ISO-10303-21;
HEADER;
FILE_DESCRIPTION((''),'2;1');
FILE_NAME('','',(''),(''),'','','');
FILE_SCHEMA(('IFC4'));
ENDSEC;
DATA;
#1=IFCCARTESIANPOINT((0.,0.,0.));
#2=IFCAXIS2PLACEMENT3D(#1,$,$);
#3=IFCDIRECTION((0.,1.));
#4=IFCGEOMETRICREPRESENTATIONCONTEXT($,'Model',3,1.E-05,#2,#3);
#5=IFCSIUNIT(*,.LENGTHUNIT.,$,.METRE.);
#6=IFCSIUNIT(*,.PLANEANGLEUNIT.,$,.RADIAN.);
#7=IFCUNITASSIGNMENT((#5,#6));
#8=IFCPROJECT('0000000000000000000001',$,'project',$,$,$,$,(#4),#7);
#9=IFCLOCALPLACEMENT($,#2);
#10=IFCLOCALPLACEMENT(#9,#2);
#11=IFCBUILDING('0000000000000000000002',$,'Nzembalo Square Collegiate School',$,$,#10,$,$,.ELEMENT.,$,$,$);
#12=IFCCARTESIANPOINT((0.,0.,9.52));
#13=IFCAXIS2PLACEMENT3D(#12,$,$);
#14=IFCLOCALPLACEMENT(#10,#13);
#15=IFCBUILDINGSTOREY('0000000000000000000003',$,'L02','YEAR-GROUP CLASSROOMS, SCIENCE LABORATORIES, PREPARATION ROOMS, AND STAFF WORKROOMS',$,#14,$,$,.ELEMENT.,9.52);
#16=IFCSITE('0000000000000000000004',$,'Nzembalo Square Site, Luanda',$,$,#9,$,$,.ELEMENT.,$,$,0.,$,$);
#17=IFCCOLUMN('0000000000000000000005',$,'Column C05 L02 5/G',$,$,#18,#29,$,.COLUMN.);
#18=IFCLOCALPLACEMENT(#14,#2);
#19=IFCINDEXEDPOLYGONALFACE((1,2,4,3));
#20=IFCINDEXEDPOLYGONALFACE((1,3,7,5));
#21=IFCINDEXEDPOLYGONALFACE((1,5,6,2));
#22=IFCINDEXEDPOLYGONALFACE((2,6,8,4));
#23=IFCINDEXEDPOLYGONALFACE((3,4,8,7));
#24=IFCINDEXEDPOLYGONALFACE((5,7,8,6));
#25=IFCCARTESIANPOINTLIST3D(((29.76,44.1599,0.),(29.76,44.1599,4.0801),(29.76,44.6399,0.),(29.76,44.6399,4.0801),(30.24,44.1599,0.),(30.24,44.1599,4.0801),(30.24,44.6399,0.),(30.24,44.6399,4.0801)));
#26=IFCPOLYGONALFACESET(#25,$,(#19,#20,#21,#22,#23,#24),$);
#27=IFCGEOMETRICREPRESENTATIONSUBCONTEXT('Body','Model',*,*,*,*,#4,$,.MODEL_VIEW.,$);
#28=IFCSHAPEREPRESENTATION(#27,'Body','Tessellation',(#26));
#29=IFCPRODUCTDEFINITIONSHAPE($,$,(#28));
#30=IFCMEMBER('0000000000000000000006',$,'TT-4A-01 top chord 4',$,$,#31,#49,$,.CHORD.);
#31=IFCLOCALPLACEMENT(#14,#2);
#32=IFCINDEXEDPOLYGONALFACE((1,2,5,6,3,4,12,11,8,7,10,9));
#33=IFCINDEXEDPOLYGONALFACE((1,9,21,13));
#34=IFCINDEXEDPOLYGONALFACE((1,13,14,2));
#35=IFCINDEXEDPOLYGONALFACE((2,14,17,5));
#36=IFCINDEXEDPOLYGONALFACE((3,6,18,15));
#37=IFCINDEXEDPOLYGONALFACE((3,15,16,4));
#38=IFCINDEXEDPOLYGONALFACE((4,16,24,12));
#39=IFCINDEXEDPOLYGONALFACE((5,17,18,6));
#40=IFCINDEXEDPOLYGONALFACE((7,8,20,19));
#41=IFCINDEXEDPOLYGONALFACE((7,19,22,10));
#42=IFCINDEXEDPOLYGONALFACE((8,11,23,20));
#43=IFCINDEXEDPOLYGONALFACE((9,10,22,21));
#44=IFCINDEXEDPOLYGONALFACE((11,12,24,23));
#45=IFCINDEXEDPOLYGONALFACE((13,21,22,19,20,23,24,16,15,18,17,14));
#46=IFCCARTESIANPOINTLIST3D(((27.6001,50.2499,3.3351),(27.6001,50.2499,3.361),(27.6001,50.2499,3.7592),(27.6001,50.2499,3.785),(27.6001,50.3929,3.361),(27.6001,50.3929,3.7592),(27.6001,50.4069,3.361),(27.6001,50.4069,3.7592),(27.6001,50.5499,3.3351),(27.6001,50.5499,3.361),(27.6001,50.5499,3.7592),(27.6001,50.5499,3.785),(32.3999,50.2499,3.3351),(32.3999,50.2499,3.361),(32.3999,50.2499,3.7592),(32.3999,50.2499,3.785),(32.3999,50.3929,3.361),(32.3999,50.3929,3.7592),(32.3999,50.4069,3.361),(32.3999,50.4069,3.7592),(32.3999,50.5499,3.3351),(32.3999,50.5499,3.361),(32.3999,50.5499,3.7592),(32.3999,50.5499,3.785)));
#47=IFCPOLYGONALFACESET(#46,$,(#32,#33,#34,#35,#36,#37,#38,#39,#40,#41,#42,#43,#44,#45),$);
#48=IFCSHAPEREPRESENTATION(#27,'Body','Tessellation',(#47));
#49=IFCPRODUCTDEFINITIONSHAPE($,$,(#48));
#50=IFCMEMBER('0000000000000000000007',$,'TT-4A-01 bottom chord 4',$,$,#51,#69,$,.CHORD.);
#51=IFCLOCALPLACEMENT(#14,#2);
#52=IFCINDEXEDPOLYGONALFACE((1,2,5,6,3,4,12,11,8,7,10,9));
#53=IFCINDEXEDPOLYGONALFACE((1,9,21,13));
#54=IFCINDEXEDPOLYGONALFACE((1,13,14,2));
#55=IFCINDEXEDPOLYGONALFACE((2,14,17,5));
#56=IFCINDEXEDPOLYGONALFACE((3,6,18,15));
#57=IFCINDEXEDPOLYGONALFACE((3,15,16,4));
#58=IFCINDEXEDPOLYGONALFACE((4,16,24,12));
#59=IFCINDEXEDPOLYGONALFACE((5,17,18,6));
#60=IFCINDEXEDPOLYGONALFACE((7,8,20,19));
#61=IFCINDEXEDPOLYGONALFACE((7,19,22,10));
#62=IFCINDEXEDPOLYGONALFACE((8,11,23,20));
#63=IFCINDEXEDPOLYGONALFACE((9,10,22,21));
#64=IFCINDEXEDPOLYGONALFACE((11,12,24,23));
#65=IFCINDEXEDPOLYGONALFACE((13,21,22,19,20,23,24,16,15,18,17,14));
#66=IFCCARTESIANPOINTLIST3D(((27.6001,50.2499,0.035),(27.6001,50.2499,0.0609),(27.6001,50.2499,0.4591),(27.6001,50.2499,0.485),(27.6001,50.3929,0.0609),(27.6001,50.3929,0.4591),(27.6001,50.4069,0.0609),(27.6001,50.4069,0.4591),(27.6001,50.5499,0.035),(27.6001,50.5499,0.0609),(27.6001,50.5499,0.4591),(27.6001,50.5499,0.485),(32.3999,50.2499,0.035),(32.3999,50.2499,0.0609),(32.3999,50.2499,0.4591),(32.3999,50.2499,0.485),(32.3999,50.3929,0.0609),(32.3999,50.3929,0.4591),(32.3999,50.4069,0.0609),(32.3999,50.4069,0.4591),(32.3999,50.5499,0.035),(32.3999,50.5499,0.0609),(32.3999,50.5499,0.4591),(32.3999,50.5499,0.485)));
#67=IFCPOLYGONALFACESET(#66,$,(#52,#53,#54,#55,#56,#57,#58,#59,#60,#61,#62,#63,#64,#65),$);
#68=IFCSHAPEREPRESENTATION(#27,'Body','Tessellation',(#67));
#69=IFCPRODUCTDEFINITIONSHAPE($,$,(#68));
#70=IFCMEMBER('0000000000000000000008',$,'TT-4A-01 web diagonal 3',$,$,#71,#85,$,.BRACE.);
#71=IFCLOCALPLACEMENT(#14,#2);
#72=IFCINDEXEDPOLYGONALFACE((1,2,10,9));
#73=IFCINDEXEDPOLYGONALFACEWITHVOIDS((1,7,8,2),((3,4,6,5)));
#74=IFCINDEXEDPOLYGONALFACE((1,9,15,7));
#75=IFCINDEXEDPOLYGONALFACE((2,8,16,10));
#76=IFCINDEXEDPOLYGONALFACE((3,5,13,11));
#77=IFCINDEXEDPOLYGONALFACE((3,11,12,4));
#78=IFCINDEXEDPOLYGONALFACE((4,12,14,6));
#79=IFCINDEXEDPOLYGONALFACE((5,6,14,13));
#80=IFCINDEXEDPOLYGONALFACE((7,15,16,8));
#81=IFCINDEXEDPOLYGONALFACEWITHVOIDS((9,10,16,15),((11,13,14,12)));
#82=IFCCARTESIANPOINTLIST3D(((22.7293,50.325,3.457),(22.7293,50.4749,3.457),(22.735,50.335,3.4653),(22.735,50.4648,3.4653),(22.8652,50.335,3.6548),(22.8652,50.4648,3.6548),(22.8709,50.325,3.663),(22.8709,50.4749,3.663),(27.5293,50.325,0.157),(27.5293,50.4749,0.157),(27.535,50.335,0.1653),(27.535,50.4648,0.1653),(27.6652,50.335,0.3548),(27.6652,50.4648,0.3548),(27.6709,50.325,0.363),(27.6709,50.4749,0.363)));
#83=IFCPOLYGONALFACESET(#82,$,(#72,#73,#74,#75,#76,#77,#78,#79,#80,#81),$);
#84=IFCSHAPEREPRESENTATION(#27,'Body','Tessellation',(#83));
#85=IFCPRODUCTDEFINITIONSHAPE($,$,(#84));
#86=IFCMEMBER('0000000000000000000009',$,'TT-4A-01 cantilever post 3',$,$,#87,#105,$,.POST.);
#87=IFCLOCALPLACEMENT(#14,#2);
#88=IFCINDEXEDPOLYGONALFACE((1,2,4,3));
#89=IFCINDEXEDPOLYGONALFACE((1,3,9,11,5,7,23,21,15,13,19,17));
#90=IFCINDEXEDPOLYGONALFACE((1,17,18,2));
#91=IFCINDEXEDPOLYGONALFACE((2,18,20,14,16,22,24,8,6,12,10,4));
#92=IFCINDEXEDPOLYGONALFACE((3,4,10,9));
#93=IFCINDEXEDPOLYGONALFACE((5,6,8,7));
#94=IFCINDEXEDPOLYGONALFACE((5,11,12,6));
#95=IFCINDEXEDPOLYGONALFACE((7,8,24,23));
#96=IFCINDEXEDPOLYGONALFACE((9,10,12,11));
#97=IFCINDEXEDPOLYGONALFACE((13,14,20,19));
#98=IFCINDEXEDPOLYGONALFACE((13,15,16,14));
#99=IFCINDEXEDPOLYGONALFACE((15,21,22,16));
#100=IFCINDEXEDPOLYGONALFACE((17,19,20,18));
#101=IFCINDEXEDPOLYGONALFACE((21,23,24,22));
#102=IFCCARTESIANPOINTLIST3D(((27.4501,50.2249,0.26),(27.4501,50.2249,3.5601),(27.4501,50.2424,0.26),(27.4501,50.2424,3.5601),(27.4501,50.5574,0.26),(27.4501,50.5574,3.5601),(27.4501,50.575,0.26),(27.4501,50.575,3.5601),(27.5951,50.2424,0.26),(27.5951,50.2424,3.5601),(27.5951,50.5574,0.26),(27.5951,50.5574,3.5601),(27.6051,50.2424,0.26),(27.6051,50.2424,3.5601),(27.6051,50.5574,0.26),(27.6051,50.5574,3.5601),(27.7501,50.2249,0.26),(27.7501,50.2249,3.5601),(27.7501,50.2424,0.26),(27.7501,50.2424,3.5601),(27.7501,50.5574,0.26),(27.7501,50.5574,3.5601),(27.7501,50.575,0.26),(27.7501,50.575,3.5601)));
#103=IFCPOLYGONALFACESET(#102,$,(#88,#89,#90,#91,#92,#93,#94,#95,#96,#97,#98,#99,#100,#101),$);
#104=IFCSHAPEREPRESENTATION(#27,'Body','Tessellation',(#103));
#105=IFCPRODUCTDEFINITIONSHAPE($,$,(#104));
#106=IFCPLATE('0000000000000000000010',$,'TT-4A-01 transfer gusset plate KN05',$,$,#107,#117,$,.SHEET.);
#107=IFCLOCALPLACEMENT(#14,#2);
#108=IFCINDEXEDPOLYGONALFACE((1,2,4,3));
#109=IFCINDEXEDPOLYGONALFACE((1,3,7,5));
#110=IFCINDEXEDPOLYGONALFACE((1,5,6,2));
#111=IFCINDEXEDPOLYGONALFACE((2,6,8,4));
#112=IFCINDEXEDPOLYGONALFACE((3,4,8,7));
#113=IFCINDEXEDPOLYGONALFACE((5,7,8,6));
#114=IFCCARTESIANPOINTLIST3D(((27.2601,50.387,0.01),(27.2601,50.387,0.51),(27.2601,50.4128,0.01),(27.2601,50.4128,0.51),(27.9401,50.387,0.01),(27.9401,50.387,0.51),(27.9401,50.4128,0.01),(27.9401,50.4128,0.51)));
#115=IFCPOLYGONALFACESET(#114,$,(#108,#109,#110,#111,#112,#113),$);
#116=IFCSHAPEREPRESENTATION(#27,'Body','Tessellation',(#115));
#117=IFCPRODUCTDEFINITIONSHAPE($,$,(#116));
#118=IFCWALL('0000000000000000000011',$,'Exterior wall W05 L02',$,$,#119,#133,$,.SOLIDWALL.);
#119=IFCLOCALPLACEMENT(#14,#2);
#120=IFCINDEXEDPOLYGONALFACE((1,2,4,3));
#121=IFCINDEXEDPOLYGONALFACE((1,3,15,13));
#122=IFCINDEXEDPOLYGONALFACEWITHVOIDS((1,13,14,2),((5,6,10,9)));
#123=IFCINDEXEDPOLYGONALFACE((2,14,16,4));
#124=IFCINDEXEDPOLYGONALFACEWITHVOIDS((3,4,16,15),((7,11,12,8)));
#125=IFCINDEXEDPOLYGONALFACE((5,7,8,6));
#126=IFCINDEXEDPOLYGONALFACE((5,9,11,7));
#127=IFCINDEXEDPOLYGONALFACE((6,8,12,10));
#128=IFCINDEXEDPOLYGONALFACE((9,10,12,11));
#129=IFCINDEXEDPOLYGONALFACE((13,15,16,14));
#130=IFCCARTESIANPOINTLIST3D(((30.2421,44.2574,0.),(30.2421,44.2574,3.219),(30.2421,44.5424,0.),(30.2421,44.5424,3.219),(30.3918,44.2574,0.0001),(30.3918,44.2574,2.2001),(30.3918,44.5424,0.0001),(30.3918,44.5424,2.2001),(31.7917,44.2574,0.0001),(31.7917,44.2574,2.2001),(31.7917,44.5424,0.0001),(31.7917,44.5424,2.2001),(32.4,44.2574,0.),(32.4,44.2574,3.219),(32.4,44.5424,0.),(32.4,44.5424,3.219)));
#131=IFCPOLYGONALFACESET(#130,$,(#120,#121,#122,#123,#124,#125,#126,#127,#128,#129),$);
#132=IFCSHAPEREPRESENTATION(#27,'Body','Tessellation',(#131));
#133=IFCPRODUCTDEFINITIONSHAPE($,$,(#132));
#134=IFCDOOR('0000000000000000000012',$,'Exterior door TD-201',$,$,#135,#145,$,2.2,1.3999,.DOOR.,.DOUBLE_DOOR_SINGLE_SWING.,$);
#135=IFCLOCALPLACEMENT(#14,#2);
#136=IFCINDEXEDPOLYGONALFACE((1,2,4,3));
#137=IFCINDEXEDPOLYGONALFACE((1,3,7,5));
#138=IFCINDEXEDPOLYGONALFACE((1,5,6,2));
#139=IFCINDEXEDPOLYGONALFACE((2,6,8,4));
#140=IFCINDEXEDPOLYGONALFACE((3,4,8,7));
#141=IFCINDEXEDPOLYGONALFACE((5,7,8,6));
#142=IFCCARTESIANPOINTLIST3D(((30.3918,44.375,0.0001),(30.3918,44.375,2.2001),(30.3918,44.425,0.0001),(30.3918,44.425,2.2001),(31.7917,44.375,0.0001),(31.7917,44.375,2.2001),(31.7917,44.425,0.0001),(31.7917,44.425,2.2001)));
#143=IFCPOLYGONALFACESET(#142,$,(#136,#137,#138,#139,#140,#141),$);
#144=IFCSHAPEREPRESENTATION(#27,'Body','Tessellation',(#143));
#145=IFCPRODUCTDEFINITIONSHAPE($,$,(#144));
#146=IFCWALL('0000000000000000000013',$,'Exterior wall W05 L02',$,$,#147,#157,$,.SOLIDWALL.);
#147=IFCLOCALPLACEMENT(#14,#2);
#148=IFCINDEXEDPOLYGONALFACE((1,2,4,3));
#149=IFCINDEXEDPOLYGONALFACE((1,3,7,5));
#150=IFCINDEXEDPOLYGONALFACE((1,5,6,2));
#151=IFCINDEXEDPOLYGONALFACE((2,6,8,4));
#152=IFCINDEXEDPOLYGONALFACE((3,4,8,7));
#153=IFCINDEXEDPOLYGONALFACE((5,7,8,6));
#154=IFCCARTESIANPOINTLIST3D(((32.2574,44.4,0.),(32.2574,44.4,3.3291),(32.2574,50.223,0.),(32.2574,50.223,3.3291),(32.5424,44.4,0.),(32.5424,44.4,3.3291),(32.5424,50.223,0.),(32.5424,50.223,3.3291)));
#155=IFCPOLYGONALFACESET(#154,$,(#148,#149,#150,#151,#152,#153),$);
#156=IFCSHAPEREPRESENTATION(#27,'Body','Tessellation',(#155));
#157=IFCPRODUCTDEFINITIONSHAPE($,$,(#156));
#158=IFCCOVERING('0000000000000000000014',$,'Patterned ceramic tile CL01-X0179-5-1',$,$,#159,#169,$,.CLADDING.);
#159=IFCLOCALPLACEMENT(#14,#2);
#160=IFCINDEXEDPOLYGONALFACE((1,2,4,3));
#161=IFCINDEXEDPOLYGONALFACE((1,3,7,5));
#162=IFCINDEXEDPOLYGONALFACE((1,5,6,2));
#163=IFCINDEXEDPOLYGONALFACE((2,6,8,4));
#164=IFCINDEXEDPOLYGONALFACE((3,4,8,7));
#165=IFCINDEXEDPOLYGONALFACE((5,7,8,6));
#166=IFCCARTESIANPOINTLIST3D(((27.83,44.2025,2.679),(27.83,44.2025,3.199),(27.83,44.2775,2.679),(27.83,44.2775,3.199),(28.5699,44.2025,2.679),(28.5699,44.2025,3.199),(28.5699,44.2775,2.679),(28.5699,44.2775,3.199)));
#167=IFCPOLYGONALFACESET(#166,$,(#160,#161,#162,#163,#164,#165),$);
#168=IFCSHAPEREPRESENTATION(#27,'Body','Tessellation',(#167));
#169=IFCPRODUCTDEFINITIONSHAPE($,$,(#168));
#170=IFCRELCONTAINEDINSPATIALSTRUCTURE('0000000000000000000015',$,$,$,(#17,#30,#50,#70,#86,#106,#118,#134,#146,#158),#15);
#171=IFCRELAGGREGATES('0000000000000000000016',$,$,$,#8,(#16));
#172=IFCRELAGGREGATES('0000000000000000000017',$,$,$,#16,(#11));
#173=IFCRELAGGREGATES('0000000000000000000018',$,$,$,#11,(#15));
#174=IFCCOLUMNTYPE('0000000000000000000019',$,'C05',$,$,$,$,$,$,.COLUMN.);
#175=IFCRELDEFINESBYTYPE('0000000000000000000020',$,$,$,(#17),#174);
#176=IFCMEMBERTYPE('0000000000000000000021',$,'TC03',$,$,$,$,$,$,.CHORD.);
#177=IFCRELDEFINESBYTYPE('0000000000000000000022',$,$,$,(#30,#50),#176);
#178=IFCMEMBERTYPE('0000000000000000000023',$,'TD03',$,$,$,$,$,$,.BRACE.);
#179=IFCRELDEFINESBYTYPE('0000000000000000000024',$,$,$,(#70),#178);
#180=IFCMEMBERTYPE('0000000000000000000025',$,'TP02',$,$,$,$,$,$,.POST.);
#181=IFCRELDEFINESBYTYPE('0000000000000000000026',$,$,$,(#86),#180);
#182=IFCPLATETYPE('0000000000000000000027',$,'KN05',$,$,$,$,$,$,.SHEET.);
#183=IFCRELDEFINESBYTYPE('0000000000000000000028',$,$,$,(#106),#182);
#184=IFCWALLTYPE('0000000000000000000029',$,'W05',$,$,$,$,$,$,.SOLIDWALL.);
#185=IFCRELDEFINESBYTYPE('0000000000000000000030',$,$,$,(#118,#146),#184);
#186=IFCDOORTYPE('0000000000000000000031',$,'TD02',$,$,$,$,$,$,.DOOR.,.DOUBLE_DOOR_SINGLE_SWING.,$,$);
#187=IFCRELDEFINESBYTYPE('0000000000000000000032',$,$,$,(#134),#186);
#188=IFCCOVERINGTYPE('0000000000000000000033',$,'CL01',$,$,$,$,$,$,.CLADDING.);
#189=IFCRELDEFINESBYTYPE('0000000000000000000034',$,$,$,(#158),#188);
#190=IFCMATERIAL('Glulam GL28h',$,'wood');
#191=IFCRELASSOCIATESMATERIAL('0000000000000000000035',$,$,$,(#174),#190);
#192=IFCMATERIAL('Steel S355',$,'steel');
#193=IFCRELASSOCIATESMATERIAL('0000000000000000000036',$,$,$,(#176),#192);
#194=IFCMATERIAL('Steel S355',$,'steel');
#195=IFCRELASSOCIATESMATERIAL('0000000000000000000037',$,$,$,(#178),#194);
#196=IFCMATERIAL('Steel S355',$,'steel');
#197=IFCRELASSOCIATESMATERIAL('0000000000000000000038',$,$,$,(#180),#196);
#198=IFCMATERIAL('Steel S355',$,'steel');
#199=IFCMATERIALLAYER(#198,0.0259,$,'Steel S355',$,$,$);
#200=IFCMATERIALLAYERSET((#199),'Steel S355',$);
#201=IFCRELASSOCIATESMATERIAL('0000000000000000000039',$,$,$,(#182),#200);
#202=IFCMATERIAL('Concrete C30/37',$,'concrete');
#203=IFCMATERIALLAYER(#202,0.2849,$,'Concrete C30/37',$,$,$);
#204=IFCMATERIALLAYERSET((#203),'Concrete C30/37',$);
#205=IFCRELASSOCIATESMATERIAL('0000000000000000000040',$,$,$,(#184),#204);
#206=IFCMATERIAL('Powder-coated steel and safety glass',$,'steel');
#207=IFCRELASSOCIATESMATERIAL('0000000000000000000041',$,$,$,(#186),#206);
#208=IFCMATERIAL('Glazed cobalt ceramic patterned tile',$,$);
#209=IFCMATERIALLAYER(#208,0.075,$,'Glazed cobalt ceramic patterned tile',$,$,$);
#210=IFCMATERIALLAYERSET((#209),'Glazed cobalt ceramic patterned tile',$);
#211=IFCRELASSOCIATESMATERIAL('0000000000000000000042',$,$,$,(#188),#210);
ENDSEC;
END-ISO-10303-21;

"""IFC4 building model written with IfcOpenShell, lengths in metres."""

from ifc_helpers import new_model, si_unit, direction, frame, frame_2d, origin, origin_2d, place, context, subcontext, project, spatial, rectangle, hollow_rectangle, i_section, extrude, material, layer, layer_set, material_profile, profile_set, type_object, element, fill, save


model = new_model("IFC4")

# Units and contexts
model_context = context("Model", 3, precision=1e-05, world=origin(), true_north=direction((0.0, 1.0)))
body_context = subcontext(model_context, "Body", "Model", "MODEL_VIEW")
ifc_project = project(units=[si_unit("LENGTHUNIT", "METRE"), si_unit("PLANEANGLEUNIT", "RADIAN")], contexts=[model_context])

# Site, building, storey
site_placement = place(None, origin())
site = spatial("IfcSite", under=ifc_project, at=site_placement, Name="Nzembalo Square Site, Luanda", CompositionType="ELEMENT", RefElevation=0.0)
building_placement = place(site_placement, origin())
building = spatial("IfcBuilding", under=site, at=building_placement, Name="Nzembalo Square Collegiate School", CompositionType="ELEMENT")
storey_placement = place(building_placement, frame((0.0, 0.0, 9.52)))
storey = spatial("IfcBuildingStorey", under=building, at=storey_placement, Name="L02", Description="YEAR-GROUP CLASSROOMS, SCIENCE LABORATORIES, PREPARATION ROOMS, AND STAFF WORKROOMS", CompositionType="ELEMENT", Elevation=9.52)

# Column
ifc_material_1 = material(Name="Glulam GL28h", Category="wood")
ifc_material_profile_1 = material_profile(ifc_material_1, rectangle(XDim=0.48, YDim=0.48, at=origin_2d()), Name="GL28h 480x480")
ifc_profile_set_1 = profile_set([ifc_material_profile_1], Name="Glulam GL28h")
column_type = type_object("IfcColumnType", Name="C05", PredefinedType="COLUMN", material=ifc_profile_set_1)
column_placement = place(storey_placement, frame((30.0, 44.3999, 0.0), z_axis=(0.0, 0.0, 1.0), x_axis=(1.0, 0.0, 0.0)))
element("IfcColumn", 1, at=column_placement, inside=storey, type_object=column_type, Name="Column C05 L02 5/G", PredefinedType="COLUMN", context=body_context, shape_type="SweptSolid", body=[
    extrude(rectangle(XDim=0.48, YDim=0.48, at=origin_2d()), origin(), (0.0, 0.0, 1.0), 4.0801),
])

# Members
ifc_material_2 = material(Name="Steel S355", Category="steel")
ifc_material_profile_2 = material_profile(ifc_material_2, i_section(OverallWidth=0.3, OverallDepth=0.45, WebThickness=0.0139, FlangeThickness=0.0259, at=origin_2d()), Name="HEB 450")
ifc_profile_set_2 = profile_set([ifc_material_profile_2], Name="Steel S355")
member_type_1 = type_object("IfcMemberType", Name="TC03", PredefinedType="CHORD", material=ifc_profile_set_2)
for number, where, z_axis, x_axis, name in (
    (2, (27.6001, 50.3999, 3.5601), (1.0, 0.0, 0.0), (0.0, 1.0, 0.0), "TT-4A-01 top chord 4"),
    (3, (27.6001, 50.3999, 0.26), (1.0, 0.0, 0.0), (0.0, 1.0, 0.0), "TT-4A-01 bottom chord 4"),
):
    element("IfcMember", number, at=place(storey_placement, frame(where, z_axis=z_axis, x_axis=x_axis)), inside=storey, type_object=member_type_1, Name=name, PredefinedType="CHORD", context=body_context, shape_type="SweptSolid", body=[
        extrude(i_section(OverallWidth=0.3, OverallDepth=0.45, WebThickness=0.0139, FlangeThickness=0.0259, at=origin_2d()), origin(), (0.0, 0.0, 1.0), 4.7998),
    ])
ifc_material_3 = material(Name="Steel S355", Category="steel")
ifc_material_profile_3 = material_profile(ifc_material_3, hollow_rectangle(XDim=0.1499, YDim=0.25, WallThickness=0.01, at=origin_2d()), Name="RHS 250x150x10")
ifc_profile_set_3 = profile_set([ifc_material_profile_3], Name="Steel S355")
member_type_2 = type_object("IfcMemberType", Name="TD03", PredefinedType="BRACE", material=ifc_profile_set_3)
member_1_placement = place(storey_placement, frame((27.6001, 50.3999, 0.26), z_axis=(-0.824041, 0.0, 0.566531), x_axis=(0.0, -1.0, 0.0)))
element("IfcMember", 4, at=member_1_placement, inside=storey, type_object=member_type_2, Name="TT-4A-01 web diagonal 3", PredefinedType="BRACE", context=body_context, shape_type="SweptSolid", body=[
    extrude(hollow_rectangle(XDim=0.1499, YDim=0.25, WallThickness=0.01, at=origin_2d()), origin(), (0.0, 0.0, 1.0), 5.825),
])
ifc_material_4 = material(Name="Steel S355", Category="steel")
ifc_material_profile_4 = material_profile(ifc_material_4, i_section(OverallWidth=0.3, OverallDepth=0.3501, WebThickness=0.01, FlangeThickness=0.0176, at=origin_2d()), Name="HEA 360")
ifc_profile_set_4 = profile_set([ifc_material_profile_4], Name="Steel S355")
member_type_3 = type_object("IfcMemberType", Name="TP02", PredefinedType="POST", material=ifc_profile_set_4)
member_2_placement = place(storey_placement, frame((27.6001, 50.3999, 0.26), z_axis=(0.0, 0.0, 1.0), x_axis=(1.0, 0.0, 0.0)))
element("IfcMember", 5, at=member_2_placement, inside=storey, type_object=member_type_3, Name="TT-4A-01 cantilever post 3", PredefinedType="POST", context=body_context, shape_type="SweptSolid", body=[
    extrude(i_section(OverallWidth=0.3, OverallDepth=0.3501, WebThickness=0.01, FlangeThickness=0.0176, at=origin_2d()), origin(), (0.0, 0.0, 1.0), 3.3),
])

# Plate
ifc_material_5 = material(Name="Steel S355", Category="steel")
ifc_layer_1 = layer(ifc_material_5, 0.0259, Name="Steel S355")
ifc_layer_set_1 = layer_set([ifc_layer_1], Name="Steel S355")
plate_type = type_object("IfcPlateType", Name="KN05", PredefinedType="SHEET", material=ifc_layer_set_1)
plate_placement = place(storey_placement, frame((27.6001, 50.3999, 0.01), z_axis=(0.0, 0.0, 1.0), x_axis=(1.0, 0.0, 0.0)))
element("IfcPlate", 6, at=plate_placement, inside=storey, type_object=plate_type, Name="TT-4A-01 transfer gusset plate KN05", PredefinedType="SHEET", context=body_context, shape_type="SweptSolid", body=[
    extrude(rectangle(XDim=0.6799, YDim=0.0259, at=origin_2d()), origin(), (0.0, 0.0, 1.0), 0.5),
])

# Wall, opening, door
ifc_material_6 = material(Name="Concrete C30/37", Category="concrete")
ifc_layer_2 = layer(ifc_material_6, 0.2849, Name="Concrete C30/37")
ifc_layer_set_2 = layer_set([ifc_layer_2], Name="Concrete C30/37")
wall_type = type_object("IfcWallType", Name="W05", PredefinedType="SOLIDWALL", material=ifc_layer_set_2)
wall_1_placement = place(storey_placement, frame((30.2419, 44.3999, 0.0), z_axis=(0.0, 0.0, 1.0), x_axis=(1.0, 0.0, 0.0)))
wall_1 = element("IfcWall", 7, at=wall_1_placement, inside=storey, type_object=wall_type, Name="Exterior wall W05 L02", PredefinedType="SOLIDWALL", context=body_context, shape_type="SweptSolid", body=[
    extrude(rectangle(XDim=2.158, YDim=0.2849, at=frame_2d((1.0791, 0.0))), origin(), (0.0, 0.0, 1.0), 3.219),
])
opening_placement = place(wall_1_placement, frame((0.1499, 0.0, 0.0)))
opening = element("IfcOpeningElement", 8, at=opening_placement, cuts=wall_1, PredefinedType="OPENING", context=body_context, shape_type="SweptSolid", body=[
    extrude(rectangle(XDim=1.3999, YDim=2.2, at=frame_2d((0.7, 1.1001))), frame((0.0, 0.1523, 0.0), z_axis=(0.0, -1.0, 0.0), x_axis=(1.0, 0.0, 0.0)), (0.0, 0.0, 1.0), 0.3049),
])
ifc_material_7 = material(Name="Powder-coated steel and safety glass", Category="steel")
door_type = type_object("IfcDoorType", Name="TD02", OperationType="DOUBLE_DOOR_SINGLE_SWING", PredefinedType="DOOR", material=ifc_material_7)
door_placement = place(opening_placement, frame((1.3999, 0.0, 0.0), z_axis=(0.0, 0.0, 1.0), x_axis=(-1.0, 0.0, 0.0)))
door = element("IfcDoor", 9, at=door_placement, inside=storey, type_object=door_type, Name="Exterior door TD-201", OperationType="DOUBLE_DOOR_SINGLE_SWING", OverallHeight=2.2, OverallWidth=1.3999, PredefinedType="DOOR", context=body_context, shape_type="SweptSolid", body=[
    extrude(rectangle(XDim=1.3999, YDim=2.2, at=frame_2d((0.7, 1.1001))), frame((0.0, 0.0249, 0.0), z_axis=(0.0, -1.0, 0.0), x_axis=(1.0, 0.0, 0.0)), (0.0, 0.0, 1.0), 0.05),
])
fill(opening, door)

# Wall
wall_2_placement = place(storey_placement, frame((32.3999, 44.3999, 0.0), z_axis=(0.0, 0.0, 1.0), x_axis=(0.0, 1.0, 0.0)))
element("IfcWall", 10, at=wall_2_placement, inside=storey, type_object=wall_type, Name="Exterior wall W05 L02", PredefinedType="SOLIDWALL", context=body_context, shape_type="SweptSolid", body=[
    extrude(rectangle(XDim=5.823, YDim=0.2849, at=frame_2d((2.9116, 0.0))), origin(), (0.0, 0.0, 1.0), 3.3291),
])

# Covering
ifc_material_8 = material(Name="Glazed cobalt ceramic patterned tile")
ifc_layer_3 = layer(ifc_material_8, 0.075, Name="Glazed cobalt ceramic patterned tile")
ifc_layer_set_3 = layer_set([ifc_layer_3], Name="Glazed cobalt ceramic patterned tile")
covering_type_1 = type_object("IfcCoveringType", Name="CL01", PredefinedType="CLADDING", material=ifc_layer_set_3)
for number, where, z_axis, x_axis, name in (
    (11, (28.2, 44.24, 2.679), (0.0, 0.0, 1.0), (1.0, 0.0, 0.0), "Patterned ceramic tile CL01-X0179-5-1"),
):
    element("IfcCovering", number, at=place(storey_placement, frame(where, z_axis=z_axis, x_axis=x_axis)), inside=storey, type_object=covering_type_1, Name=name, PredefinedType="CLADDING", context=body_context, shape_type="SweptSolid", body=[
        extrude(rectangle(XDim=0.74, YDim=0.075, at=origin_2d()), origin(), (0.0, 0.0, 1.0), 0.52),
    ])

save(model, "model.ifc")
